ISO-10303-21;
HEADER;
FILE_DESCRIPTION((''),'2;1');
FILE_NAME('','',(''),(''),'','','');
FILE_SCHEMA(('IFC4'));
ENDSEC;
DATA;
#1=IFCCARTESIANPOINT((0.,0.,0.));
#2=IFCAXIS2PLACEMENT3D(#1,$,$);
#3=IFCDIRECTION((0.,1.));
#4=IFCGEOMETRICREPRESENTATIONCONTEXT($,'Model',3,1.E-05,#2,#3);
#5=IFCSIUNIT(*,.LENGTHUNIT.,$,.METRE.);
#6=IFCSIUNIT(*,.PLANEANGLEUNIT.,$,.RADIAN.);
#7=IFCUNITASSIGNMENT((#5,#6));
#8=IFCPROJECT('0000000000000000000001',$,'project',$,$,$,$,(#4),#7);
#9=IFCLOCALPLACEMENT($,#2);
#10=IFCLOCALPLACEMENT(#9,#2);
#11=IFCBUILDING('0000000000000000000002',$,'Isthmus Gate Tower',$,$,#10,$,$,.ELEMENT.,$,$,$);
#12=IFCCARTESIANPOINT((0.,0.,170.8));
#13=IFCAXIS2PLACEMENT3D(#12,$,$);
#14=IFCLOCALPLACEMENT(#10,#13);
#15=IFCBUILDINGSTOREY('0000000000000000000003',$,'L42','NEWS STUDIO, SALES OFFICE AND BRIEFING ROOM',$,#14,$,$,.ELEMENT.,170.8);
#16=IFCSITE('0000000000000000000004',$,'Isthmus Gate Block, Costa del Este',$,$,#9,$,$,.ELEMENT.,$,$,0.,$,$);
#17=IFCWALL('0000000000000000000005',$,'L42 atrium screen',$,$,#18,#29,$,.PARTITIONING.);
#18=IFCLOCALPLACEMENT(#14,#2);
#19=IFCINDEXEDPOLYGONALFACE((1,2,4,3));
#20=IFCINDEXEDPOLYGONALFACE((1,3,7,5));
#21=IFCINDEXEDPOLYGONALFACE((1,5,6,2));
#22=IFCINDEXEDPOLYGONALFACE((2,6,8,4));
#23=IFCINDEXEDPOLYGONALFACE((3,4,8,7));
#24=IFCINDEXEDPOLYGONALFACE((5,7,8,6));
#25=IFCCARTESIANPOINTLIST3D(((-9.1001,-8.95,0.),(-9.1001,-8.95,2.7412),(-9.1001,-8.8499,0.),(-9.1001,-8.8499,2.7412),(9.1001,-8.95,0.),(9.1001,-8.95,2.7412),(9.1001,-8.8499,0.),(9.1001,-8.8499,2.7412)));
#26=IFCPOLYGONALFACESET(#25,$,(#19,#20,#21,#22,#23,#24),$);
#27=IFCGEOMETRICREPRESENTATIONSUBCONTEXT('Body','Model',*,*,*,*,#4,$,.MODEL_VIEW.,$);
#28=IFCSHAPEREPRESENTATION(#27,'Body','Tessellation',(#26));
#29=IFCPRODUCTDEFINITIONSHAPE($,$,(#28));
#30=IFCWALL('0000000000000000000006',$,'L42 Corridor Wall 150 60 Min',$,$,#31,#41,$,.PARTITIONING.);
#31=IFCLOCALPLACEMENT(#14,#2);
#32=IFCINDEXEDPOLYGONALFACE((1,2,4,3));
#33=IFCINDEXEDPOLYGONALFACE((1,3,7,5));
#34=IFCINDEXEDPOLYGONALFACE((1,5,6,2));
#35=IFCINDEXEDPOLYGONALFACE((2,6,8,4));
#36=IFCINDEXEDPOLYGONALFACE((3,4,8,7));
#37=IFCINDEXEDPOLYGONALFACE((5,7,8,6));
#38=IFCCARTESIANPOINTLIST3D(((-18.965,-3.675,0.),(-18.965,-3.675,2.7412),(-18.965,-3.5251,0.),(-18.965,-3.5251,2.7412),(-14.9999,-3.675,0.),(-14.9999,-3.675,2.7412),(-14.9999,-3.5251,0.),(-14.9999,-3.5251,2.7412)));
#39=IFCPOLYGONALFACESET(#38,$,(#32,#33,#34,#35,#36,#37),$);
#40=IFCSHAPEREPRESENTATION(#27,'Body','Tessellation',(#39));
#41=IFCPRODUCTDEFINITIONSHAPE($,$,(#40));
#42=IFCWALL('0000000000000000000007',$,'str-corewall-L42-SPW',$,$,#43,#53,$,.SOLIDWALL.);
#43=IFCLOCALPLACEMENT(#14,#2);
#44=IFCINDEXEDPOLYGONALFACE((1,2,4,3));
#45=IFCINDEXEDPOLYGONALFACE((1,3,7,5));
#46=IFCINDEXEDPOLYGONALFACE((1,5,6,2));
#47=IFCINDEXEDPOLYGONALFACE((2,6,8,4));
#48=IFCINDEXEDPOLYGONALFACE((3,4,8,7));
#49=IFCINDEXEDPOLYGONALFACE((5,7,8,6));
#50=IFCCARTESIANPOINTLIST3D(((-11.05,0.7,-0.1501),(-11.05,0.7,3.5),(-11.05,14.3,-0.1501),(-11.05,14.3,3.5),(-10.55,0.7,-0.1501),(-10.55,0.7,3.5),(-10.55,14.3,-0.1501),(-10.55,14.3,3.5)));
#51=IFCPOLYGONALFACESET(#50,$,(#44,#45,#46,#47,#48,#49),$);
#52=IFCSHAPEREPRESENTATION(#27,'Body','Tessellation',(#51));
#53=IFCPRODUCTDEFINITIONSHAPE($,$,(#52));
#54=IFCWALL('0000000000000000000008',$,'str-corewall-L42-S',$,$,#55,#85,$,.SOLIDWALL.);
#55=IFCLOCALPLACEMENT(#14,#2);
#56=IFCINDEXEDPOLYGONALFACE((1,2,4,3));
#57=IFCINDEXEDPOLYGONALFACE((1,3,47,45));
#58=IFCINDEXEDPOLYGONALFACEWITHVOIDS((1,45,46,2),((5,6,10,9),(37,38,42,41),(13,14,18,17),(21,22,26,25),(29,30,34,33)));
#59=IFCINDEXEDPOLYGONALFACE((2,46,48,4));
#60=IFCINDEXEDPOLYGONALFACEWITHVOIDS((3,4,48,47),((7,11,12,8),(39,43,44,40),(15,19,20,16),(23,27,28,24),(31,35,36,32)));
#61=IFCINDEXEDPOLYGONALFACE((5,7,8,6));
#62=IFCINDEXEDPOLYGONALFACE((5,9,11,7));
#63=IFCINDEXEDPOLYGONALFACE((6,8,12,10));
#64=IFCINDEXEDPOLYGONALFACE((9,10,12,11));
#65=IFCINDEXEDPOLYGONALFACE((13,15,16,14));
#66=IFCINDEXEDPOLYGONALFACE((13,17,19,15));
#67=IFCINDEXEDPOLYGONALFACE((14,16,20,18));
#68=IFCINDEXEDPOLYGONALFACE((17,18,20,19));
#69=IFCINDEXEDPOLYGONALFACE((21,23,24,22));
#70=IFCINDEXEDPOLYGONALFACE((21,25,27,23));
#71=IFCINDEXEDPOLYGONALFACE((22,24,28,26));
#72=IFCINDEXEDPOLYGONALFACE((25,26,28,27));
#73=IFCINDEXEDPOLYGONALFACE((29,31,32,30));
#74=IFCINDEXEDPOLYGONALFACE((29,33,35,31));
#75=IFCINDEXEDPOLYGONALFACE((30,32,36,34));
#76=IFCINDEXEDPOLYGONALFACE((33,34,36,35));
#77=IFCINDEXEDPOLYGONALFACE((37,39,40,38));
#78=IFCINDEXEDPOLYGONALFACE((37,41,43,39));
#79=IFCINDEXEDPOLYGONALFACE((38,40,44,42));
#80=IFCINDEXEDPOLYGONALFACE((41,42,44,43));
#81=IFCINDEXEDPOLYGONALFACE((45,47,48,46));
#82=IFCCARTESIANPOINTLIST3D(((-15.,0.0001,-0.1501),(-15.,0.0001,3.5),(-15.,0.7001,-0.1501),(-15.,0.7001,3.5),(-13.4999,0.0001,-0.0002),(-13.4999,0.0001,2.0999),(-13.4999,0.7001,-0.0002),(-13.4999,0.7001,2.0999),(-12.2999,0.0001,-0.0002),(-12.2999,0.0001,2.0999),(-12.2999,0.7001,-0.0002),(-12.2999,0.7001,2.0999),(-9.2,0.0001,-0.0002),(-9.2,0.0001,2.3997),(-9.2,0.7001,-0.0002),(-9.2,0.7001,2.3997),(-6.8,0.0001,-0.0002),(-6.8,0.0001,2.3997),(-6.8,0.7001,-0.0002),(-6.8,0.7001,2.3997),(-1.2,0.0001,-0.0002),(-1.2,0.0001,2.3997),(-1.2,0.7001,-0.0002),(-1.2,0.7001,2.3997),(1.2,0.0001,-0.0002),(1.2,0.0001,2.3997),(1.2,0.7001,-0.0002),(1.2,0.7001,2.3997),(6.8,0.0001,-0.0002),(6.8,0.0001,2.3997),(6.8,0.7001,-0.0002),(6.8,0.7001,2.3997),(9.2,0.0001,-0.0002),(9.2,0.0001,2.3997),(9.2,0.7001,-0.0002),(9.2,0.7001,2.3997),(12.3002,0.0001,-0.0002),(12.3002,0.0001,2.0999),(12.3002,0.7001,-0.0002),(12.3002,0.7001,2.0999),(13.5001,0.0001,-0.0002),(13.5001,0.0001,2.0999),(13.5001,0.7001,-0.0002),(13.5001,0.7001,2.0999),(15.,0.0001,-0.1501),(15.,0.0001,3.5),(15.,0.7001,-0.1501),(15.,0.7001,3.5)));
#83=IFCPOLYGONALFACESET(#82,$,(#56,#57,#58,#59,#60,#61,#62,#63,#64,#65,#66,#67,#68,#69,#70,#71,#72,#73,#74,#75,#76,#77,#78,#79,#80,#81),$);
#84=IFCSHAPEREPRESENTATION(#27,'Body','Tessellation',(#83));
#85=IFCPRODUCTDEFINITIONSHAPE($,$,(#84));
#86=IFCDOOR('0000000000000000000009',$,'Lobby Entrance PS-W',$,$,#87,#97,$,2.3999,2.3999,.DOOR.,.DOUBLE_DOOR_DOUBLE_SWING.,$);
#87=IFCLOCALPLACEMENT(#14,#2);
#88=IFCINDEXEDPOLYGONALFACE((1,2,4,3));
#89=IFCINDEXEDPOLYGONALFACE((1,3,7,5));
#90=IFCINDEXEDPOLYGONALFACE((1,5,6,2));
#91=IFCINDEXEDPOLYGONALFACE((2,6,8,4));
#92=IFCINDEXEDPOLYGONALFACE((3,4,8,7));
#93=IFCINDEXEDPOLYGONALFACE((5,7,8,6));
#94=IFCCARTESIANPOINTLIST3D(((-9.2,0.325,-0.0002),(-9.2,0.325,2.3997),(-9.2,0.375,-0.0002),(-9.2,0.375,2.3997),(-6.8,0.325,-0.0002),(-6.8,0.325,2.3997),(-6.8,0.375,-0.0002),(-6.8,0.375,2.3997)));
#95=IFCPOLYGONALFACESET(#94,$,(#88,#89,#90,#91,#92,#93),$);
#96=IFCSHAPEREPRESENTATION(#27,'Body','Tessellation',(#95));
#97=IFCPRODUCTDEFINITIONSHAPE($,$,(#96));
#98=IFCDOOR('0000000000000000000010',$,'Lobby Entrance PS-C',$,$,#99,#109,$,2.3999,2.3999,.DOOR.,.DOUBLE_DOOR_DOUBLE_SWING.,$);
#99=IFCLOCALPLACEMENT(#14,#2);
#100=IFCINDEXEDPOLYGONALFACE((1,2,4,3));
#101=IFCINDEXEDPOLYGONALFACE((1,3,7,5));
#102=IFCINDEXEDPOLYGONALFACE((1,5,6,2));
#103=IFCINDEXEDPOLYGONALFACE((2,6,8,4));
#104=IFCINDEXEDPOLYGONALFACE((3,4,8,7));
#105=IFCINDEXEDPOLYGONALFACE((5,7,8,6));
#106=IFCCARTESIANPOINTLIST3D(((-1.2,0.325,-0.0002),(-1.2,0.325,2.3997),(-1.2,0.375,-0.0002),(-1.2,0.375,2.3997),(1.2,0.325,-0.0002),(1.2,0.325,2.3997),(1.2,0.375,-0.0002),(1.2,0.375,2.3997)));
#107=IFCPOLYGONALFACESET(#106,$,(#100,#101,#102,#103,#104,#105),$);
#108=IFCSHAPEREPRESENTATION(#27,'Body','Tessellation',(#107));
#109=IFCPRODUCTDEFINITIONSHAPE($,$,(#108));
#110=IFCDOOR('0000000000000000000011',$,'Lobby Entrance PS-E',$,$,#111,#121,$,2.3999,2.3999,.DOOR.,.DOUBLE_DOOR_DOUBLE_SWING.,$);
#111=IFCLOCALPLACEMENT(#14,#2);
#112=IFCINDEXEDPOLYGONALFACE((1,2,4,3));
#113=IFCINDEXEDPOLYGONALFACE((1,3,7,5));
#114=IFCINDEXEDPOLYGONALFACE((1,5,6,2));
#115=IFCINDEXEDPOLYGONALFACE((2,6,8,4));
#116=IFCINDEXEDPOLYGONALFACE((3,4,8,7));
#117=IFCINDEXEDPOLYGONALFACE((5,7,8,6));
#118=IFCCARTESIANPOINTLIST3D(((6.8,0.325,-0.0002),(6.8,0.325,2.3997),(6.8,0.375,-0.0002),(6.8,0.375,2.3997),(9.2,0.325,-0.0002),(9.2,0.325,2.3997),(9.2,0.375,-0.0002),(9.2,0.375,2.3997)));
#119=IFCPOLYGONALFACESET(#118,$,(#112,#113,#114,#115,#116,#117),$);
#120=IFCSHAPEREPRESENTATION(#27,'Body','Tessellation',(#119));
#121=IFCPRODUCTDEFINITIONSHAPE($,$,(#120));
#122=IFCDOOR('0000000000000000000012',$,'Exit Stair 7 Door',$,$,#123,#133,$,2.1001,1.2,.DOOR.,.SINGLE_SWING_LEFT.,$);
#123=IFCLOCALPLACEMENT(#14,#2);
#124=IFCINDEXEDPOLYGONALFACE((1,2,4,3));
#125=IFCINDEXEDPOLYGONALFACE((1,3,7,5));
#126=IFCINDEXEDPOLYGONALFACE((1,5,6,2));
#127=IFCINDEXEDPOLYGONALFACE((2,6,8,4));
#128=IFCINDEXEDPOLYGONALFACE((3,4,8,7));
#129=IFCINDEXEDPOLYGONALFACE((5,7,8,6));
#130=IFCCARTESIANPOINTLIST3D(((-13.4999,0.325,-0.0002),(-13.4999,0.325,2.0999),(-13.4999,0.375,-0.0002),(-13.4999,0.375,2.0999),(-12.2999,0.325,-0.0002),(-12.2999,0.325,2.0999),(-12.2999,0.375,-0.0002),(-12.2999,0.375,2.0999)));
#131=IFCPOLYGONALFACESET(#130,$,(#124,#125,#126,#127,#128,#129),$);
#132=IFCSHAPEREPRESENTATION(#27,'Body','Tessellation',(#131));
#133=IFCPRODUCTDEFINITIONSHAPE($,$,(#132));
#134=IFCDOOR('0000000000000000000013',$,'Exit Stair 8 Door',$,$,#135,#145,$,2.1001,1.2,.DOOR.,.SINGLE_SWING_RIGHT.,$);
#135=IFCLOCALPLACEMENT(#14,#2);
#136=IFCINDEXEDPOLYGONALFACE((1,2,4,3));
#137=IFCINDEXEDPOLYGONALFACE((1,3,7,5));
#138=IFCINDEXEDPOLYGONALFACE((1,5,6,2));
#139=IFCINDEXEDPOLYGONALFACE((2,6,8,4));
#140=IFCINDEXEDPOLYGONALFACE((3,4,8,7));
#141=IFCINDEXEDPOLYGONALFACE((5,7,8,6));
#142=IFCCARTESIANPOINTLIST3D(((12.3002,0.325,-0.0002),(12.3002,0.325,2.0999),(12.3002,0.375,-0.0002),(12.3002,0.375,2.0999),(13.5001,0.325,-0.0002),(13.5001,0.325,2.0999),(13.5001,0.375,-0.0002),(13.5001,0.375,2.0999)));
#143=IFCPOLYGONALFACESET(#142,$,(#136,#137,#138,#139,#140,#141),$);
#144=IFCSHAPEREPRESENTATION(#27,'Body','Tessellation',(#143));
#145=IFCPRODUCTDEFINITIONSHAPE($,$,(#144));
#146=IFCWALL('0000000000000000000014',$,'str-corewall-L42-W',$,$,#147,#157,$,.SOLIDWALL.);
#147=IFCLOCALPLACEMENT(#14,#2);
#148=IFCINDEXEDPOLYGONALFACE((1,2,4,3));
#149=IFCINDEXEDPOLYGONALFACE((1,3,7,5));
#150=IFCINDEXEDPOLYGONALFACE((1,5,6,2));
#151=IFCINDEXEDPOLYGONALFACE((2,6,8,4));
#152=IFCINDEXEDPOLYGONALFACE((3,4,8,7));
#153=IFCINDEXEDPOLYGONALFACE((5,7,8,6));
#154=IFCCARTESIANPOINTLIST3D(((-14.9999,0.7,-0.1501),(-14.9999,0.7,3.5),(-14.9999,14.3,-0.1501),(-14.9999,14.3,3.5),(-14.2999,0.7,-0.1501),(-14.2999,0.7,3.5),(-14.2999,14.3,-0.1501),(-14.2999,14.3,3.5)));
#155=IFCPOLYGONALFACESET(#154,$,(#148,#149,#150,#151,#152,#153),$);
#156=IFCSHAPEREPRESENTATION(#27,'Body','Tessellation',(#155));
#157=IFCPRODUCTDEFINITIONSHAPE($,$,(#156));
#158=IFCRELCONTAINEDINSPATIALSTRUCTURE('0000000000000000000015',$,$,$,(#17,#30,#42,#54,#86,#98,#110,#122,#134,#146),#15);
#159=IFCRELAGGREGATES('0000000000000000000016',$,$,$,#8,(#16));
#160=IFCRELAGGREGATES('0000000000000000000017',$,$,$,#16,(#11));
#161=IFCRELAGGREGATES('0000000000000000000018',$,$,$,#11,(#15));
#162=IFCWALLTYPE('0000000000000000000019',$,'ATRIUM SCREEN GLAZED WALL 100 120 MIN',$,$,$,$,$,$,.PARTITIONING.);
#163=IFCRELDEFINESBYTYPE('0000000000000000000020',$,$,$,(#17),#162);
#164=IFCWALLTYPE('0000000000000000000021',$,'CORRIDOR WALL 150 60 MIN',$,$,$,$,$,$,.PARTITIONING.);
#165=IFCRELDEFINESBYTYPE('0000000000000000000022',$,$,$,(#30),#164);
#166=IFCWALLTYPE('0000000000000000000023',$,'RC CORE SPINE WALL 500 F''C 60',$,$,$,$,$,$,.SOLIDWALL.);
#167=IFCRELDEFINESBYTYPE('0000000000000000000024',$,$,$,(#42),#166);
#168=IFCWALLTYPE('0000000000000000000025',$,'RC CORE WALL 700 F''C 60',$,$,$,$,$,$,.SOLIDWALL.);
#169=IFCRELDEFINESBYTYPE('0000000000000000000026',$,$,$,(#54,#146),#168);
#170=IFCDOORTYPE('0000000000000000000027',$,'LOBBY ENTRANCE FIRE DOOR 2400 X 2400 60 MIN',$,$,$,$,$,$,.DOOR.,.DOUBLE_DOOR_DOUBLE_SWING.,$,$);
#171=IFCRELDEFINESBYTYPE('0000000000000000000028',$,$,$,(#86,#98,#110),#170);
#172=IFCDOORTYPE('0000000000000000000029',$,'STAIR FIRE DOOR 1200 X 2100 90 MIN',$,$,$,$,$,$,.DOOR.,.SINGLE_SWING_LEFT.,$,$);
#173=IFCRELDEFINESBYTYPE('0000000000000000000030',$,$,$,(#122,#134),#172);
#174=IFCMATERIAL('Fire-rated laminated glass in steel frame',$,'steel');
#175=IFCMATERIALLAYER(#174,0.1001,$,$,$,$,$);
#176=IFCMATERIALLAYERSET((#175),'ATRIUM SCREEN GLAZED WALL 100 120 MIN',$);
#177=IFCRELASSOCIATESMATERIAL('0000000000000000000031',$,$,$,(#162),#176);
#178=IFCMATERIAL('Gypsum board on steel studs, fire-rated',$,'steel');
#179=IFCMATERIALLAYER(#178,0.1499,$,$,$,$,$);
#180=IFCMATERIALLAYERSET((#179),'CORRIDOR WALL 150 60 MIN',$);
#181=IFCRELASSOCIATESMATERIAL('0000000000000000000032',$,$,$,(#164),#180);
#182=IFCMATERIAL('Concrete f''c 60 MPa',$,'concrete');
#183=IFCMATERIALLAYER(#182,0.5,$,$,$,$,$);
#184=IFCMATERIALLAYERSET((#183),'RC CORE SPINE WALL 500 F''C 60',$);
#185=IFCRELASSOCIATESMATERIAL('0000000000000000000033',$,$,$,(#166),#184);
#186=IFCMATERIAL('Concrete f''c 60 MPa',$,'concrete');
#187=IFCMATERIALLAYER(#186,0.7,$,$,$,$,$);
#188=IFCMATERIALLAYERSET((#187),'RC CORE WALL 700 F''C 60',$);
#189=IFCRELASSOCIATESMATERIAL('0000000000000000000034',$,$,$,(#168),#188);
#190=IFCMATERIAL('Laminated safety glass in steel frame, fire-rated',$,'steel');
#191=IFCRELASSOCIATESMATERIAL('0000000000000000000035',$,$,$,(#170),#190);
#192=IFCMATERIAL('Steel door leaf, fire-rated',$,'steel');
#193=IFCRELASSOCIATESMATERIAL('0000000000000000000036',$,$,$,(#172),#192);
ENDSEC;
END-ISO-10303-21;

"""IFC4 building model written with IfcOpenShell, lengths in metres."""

from ifc_helpers import new_model, si_unit, direction, frame, frame_2d, origin, place, context, subcontext, project, spatial, rectangle, extrude, material, layer, layer_set, type_object, element, fill, save


model = new_model("IFC4")

# Units and contexts
model_context = context("Model", 3, precision=1e-05, world=origin(), true_north=direction((0.0, 1.0)))
body_context = subcontext(model_context, "Body", "Model", "MODEL_VIEW")
ifc_project = project(units=[si_unit("LENGTHUNIT", "METRE"), si_unit("PLANEANGLEUNIT", "RADIAN")], contexts=[model_context])

# Site, building, storey
site_placement = place(None, origin())
site = spatial("IfcSite", under=ifc_project, at=site_placement, Name="Isthmus Gate Block, Costa del Este", CompositionType="ELEMENT", RefElevation=0.0)
building_placement = place(site_placement, origin())
building = spatial("IfcBuilding", under=site, at=building_placement, Name="Isthmus Gate Tower", CompositionType="ELEMENT")
storey_placement = place(building_placement, frame((0.0, 0.0, 170.8)))
storey = spatial("IfcBuildingStorey", under=building, at=storey_placement, Name="L42", Description="NEWS STUDIO, SALES OFFICE AND BRIEFING ROOM", CompositionType="ELEMENT", Elevation=170.8)

# Walls
ifc_material_1 = material(Name="Fire-rated laminated glass in steel frame", Category="steel")
ifc_layer_1 = layer(ifc_material_1, 0.1001)
ifc_layer_set_1 = layer_set([ifc_layer_1], Name="ATRIUM SCREEN GLAZED WALL 100 120 MIN")
wall_type_1 = type_object("IfcWallType", Name="ATRIUM SCREEN GLAZED WALL 100 120 MIN", PredefinedType="PARTITIONING", material=ifc_layer_set_1)
wall_1_placement = place(storey_placement, frame((-9.1001, -8.8999, 0.0), z_axis=(0.0, 0.0, 1.0), x_axis=(1.0, 0.0, 0.0)))
element("IfcWall", 1, at=wall_1_placement, inside=storey, type_object=wall_type_1, Name="L42 atrium screen", PredefinedType="PARTITIONING", context=body_context, shape_type="SweptSolid", body=[
    extrude(rectangle(XDim=18.2002, YDim=0.1001, at=frame_2d((9.1001, 0.0))), origin(), (0.0, 0.0, 1.0), 2.7412),
])
ifc_material_2 = material(Name="Gypsum board on steel studs, fire-rated", Category="steel")
ifc_layer_2 = layer(ifc_material_2, 0.1499)
ifc_layer_set_2 = layer_set([ifc_layer_2], Name="CORRIDOR WALL 150 60 MIN")
wall_type_2 = type_object("IfcWallType", Name="CORRIDOR WALL 150 60 MIN", PredefinedType="PARTITIONING", material=ifc_layer_set_2)
wall_2_placement = place(storey_placement, frame((-15.0, -3.6001, 0.0), z_axis=(0.0, 0.0, 1.0), x_axis=(-1.0, 0.0, 0.0)))
element("IfcWall", 2, at=wall_2_placement, inside=storey, type_object=wall_type_2, Name="L42 Corridor Wall 150 60 Min", PredefinedType="PARTITIONING", context=body_context, shape_type="SweptSolid", body=[
    extrude(rectangle(XDim=3.9651, YDim=0.1499, at=frame_2d((1.9824, 0.0))), origin(), (0.0, 0.0, 1.0), 2.7412),
])
ifc_material_3 = material(Name="Concrete f'c 60 MPa", Category="concrete")
ifc_layer_3 = layer(ifc_material_3, 0.5)
ifc_layer_set_3 = layer_set([ifc_layer_3], Name="RC CORE SPINE WALL 500 F'C 60")
wall_type_3 = type_object("IfcWallType", Name="RC CORE SPINE WALL 500 F'C 60", PredefinedType="SOLIDWALL", material=ifc_layer_set_3)
wall_3_placement = place(storey_placement, frame((-10.8, 0.7, -0.1501), z_axis=(0.0, 0.0, 1.0), x_axis=(0.0, 1.0, 0.0)))
element("IfcWall", 3, at=wall_3_placement, inside=storey, type_object=wall_type_3, Name="str-corewall-L42-SPW", PredefinedType="SOLIDWALL", context=body_context, shape_type="SweptSolid", body=[
    extrude(rectangle(XDim=13.6001, YDim=0.5, at=frame_2d((6.8, 0.0))), origin(), (0.0, 0.0, 1.0), 3.6501),
])

# Wall, openings, doors
ifc_material_4 = material(Name="Concrete f'c 60 MPa", Category="concrete")
ifc_layer_4 = layer(ifc_material_4, 0.7)
ifc_layer_set_4 = layer_set([ifc_layer_4], Name="RC CORE WALL 700 F'C 60")
wall_type_4 = type_object("IfcWallType", Name="RC CORE WALL 700 F'C 60", PredefinedType="SOLIDWALL", material=ifc_layer_set_4)
wall_4_placement = place(storey_placement, frame((-15.0, 0.3501, -0.1501), z_axis=(0.0, 0.0, 1.0), x_axis=(1.0, 0.0, 0.0)))
wall_4 = element("IfcWall", 4, at=wall_4_placement, inside=storey, type_object=wall_type_4, Name="str-corewall-L42-S", PredefinedType="SOLIDWALL", context=body_context, shape_type="SweptSolid", body=[
    extrude(rectangle(XDim=30.0, YDim=0.7, at=frame_2d((15.0, 0.0))), origin(), (0.0, 0.0, 1.0), 3.6501),
])
opening_1_placement = place(wall_4_placement, frame((5.8, 0.0, 0.1499)))
opening_1 = element("IfcOpeningElement", 5, at=opening_1_placement, cuts=wall_4, PredefinedType="OPENING", context=body_context, shape_type="SweptSolid", body=[
    extrude(rectangle(XDim=2.3999, YDim=2.3999, at=frame_2d((1.2, 1.2))), frame((0.0, 0.3599, 0.0), z_axis=(0.0, -1.0, 0.0), x_axis=(1.0, 0.0, 0.0)), (0.0, 0.0, 1.0), 0.72),
])
opening_2_placement = place(wall_4_placement, frame((13.8, 0.0, 0.1499)))
opening_2 = element("IfcOpeningElement", 6, at=opening_2_placement, cuts=wall_4, PredefinedType="OPENING", context=body_context, shape_type="SweptSolid", body=[
    extrude(rectangle(XDim=2.3999, YDim=2.3999, at=frame_2d((1.2, 1.2))), frame((0.0, 0.3599, 0.0), z_axis=(0.0, -1.0, 0.0), x_axis=(1.0, 0.0, 0.0)), (0.0, 0.0, 1.0), 0.72),
])
opening_3_placement = place(wall_4_placement, frame((21.8, 0.0, 0.1499)))
opening_3 = element("IfcOpeningElement", 7, at=opening_3_placement, cuts=wall_4, PredefinedType="OPENING", context=body_context, shape_type="SweptSolid", body=[
    extrude(rectangle(XDim=2.3999, YDim=2.3999, at=frame_2d((1.2, 1.2))), frame((0.0, 0.3599, 0.0), z_axis=(0.0, -1.0, 0.0), x_axis=(1.0, 0.0, 0.0)), (0.0, 0.0, 1.0), 0.72),
])
opening_4_placement = place(wall_4_placement, frame((1.5, 0.0, 0.1499)))
opening_4 = element("IfcOpeningElement", 8, at=opening_4_placement, cuts=wall_4, PredefinedType="OPENING", context=body_context, shape_type="SweptSolid", body=[
    extrude(rectangle(XDim=1.2, YDim=2.1001, at=frame_2d((0.6001, 1.05))), frame((0.0, 0.3599, 0.0), z_axis=(0.0, -1.0, 0.0), x_axis=(1.0, 0.0, 0.0)), (0.0, 0.0, 1.0), 0.72),
])
opening_5_placement = place(wall_4_placement, frame((27.3, 0.0, 0.1499)))
opening_5 = element("IfcOpeningElement", 9, at=opening_5_placement, cuts=wall_4, PredefinedType="OPENING", context=body_context, shape_type="SweptSolid", body=[
    extrude(rectangle(XDim=1.2, YDim=2.1001, at=frame_2d((0.6001, 1.05))), frame((0.0, 0.3599, 0.0), z_axis=(0.0, -1.0, 0.0), x_axis=(1.0, 0.0, 0.0)), (0.0, 0.0, 1.0), 0.72),
])
ifc_material_5 = material(Name="Laminated safety glass in steel frame, fire-rated", Category="steel")
door_type_1 = type_object("IfcDoorType", Name="LOBBY ENTRANCE FIRE DOOR 2400 X 2400 60 MIN", OperationType="DOUBLE_DOOR_DOUBLE_SWING", PredefinedType="DOOR", material=ifc_material_5)
door_1_placement = place(opening_1_placement, origin())
door_1 = element("IfcDoor", 10, at=door_1_placement, inside=storey, type_object=door_type_1, Name="Lobby Entrance PS-W", OperationType="DOUBLE_DOOR_DOUBLE_SWING", OverallHeight=2.3999, OverallWidth=2.3999, PredefinedType="DOOR", context=body_context, shape_type="SweptSolid", body=[
    extrude(rectangle(XDim=2.3999, YDim=2.3999, at=frame_2d((1.2, 1.2))), frame((0.0, 0.0249, 0.0), z_axis=(0.0, -1.0, 0.0), x_axis=(1.0, 0.0, 0.0)), (0.0, 0.0, 1.0), 0.05),
])
fill(opening_1, door_1)
door_2_placement = place(opening_2_placement, origin())
door_2 = element("IfcDoor", 11, at=door_2_placement, inside=storey, type_object=door_type_1, Name="Lobby Entrance PS-C", OperationType="DOUBLE_DOOR_DOUBLE_SWING", OverallHeight=2.3999, OverallWidth=2.3999, PredefinedType="DOOR", context=body_context, shape_type="SweptSolid", body=[
    extrude(rectangle(XDim=2.3999, YDim=2.3999, at=frame_2d((1.2, 1.2))), frame((0.0, 0.0249, 0.0), z_axis=(0.0, -1.0, 0.0), x_axis=(1.0, 0.0, 0.0)), (0.0, 0.0, 1.0), 0.05),
])
fill(opening_2, door_2)
door_3_placement = place(opening_3_placement, origin())
door_3 = element("IfcDoor", 12, at=door_3_placement, inside=storey, type_object=door_type_1, Name="Lobby Entrance PS-E", OperationType="DOUBLE_DOOR_DOUBLE_SWING", OverallHeight=2.3999, OverallWidth=2.3999, PredefinedType="DOOR", context=body_context, shape_type="SweptSolid", body=[
    extrude(rectangle(XDim=2.3999, YDim=2.3999, at=frame_2d((1.2, 1.2))), frame((0.0, 0.0249, 0.0), z_axis=(0.0, -1.0, 0.0), x_axis=(1.0, 0.0, 0.0)), (0.0, 0.0, 1.0), 0.05),
])
fill(opening_3, door_3)
ifc_material_6 = material(Name="Steel door leaf, fire-rated", Category="steel")
door_type_2 = type_object("IfcDoorType", Name="STAIR FIRE DOOR 1200 X 2100 90 MIN", OperationType="SINGLE_SWING_LEFT", PredefinedType="DOOR", material=ifc_material_6)
door_4_placement = place(opening_4_placement, origin())
door_4 = element("IfcDoor", 13, at=door_4_placement, inside=storey, type_object=door_type_2, Name="Exit Stair 7 Door", OperationType="SINGLE_SWING_LEFT", OverallHeight=2.1001, OverallWidth=1.2, PredefinedType="DOOR", context=body_context, shape_type="SweptSolid", body=[
    extrude(rectangle(XDim=1.2, YDim=2.1001, at=frame_2d((0.6001, 1.05))), frame((0.0, 0.0249, 0.0), z_axis=(0.0, -1.0, 0.0), x_axis=(1.0, 0.0, 0.0)), (0.0, 0.0, 1.0), 0.05),
])
fill(opening_4, door_4)
door_5_placement = place(opening_5_placement, origin())
door_5 = element("IfcDoor", 14, at=door_5_placement, inside=storey, type_object=door_type_2, Name="Exit Stair 8 Door", OperationType="SINGLE_SWING_RIGHT", OverallHeight=2.1001, OverallWidth=1.2, PredefinedType="DOOR", context=body_context, shape_type="SweptSolid", body=[
    extrude(rectangle(XDim=1.2, YDim=2.1001, at=frame_2d((0.6001, 1.05))), frame((0.0, 0.0249, 0.0), z_axis=(0.0, -1.0, 0.0), x_axis=(1.0, 0.0, 0.0)), (0.0, 0.0, 1.0), 0.05),
])
fill(opening_5, door_5)

# Wall
wall_5_placement = place(storey_placement, frame((-14.6499, 0.7, -0.1501), z_axis=(0.0, 0.0, 1.0), x_axis=(0.0, 1.0, 0.0)))
element("IfcWall", 15, at=wall_5_placement, inside=storey, type_object=wall_type_4, Name="str-corewall-L42-W", PredefinedType="SOLIDWALL", context=body_context, shape_type="SweptSolid", body=[
    extrude(rectangle(XDim=13.6001, YDim=0.7, at=frame_2d((6.8, 0.0))), origin(), (0.0, 0.0, 1.0), 3.6501),
])

save(model, "model.ifc")
